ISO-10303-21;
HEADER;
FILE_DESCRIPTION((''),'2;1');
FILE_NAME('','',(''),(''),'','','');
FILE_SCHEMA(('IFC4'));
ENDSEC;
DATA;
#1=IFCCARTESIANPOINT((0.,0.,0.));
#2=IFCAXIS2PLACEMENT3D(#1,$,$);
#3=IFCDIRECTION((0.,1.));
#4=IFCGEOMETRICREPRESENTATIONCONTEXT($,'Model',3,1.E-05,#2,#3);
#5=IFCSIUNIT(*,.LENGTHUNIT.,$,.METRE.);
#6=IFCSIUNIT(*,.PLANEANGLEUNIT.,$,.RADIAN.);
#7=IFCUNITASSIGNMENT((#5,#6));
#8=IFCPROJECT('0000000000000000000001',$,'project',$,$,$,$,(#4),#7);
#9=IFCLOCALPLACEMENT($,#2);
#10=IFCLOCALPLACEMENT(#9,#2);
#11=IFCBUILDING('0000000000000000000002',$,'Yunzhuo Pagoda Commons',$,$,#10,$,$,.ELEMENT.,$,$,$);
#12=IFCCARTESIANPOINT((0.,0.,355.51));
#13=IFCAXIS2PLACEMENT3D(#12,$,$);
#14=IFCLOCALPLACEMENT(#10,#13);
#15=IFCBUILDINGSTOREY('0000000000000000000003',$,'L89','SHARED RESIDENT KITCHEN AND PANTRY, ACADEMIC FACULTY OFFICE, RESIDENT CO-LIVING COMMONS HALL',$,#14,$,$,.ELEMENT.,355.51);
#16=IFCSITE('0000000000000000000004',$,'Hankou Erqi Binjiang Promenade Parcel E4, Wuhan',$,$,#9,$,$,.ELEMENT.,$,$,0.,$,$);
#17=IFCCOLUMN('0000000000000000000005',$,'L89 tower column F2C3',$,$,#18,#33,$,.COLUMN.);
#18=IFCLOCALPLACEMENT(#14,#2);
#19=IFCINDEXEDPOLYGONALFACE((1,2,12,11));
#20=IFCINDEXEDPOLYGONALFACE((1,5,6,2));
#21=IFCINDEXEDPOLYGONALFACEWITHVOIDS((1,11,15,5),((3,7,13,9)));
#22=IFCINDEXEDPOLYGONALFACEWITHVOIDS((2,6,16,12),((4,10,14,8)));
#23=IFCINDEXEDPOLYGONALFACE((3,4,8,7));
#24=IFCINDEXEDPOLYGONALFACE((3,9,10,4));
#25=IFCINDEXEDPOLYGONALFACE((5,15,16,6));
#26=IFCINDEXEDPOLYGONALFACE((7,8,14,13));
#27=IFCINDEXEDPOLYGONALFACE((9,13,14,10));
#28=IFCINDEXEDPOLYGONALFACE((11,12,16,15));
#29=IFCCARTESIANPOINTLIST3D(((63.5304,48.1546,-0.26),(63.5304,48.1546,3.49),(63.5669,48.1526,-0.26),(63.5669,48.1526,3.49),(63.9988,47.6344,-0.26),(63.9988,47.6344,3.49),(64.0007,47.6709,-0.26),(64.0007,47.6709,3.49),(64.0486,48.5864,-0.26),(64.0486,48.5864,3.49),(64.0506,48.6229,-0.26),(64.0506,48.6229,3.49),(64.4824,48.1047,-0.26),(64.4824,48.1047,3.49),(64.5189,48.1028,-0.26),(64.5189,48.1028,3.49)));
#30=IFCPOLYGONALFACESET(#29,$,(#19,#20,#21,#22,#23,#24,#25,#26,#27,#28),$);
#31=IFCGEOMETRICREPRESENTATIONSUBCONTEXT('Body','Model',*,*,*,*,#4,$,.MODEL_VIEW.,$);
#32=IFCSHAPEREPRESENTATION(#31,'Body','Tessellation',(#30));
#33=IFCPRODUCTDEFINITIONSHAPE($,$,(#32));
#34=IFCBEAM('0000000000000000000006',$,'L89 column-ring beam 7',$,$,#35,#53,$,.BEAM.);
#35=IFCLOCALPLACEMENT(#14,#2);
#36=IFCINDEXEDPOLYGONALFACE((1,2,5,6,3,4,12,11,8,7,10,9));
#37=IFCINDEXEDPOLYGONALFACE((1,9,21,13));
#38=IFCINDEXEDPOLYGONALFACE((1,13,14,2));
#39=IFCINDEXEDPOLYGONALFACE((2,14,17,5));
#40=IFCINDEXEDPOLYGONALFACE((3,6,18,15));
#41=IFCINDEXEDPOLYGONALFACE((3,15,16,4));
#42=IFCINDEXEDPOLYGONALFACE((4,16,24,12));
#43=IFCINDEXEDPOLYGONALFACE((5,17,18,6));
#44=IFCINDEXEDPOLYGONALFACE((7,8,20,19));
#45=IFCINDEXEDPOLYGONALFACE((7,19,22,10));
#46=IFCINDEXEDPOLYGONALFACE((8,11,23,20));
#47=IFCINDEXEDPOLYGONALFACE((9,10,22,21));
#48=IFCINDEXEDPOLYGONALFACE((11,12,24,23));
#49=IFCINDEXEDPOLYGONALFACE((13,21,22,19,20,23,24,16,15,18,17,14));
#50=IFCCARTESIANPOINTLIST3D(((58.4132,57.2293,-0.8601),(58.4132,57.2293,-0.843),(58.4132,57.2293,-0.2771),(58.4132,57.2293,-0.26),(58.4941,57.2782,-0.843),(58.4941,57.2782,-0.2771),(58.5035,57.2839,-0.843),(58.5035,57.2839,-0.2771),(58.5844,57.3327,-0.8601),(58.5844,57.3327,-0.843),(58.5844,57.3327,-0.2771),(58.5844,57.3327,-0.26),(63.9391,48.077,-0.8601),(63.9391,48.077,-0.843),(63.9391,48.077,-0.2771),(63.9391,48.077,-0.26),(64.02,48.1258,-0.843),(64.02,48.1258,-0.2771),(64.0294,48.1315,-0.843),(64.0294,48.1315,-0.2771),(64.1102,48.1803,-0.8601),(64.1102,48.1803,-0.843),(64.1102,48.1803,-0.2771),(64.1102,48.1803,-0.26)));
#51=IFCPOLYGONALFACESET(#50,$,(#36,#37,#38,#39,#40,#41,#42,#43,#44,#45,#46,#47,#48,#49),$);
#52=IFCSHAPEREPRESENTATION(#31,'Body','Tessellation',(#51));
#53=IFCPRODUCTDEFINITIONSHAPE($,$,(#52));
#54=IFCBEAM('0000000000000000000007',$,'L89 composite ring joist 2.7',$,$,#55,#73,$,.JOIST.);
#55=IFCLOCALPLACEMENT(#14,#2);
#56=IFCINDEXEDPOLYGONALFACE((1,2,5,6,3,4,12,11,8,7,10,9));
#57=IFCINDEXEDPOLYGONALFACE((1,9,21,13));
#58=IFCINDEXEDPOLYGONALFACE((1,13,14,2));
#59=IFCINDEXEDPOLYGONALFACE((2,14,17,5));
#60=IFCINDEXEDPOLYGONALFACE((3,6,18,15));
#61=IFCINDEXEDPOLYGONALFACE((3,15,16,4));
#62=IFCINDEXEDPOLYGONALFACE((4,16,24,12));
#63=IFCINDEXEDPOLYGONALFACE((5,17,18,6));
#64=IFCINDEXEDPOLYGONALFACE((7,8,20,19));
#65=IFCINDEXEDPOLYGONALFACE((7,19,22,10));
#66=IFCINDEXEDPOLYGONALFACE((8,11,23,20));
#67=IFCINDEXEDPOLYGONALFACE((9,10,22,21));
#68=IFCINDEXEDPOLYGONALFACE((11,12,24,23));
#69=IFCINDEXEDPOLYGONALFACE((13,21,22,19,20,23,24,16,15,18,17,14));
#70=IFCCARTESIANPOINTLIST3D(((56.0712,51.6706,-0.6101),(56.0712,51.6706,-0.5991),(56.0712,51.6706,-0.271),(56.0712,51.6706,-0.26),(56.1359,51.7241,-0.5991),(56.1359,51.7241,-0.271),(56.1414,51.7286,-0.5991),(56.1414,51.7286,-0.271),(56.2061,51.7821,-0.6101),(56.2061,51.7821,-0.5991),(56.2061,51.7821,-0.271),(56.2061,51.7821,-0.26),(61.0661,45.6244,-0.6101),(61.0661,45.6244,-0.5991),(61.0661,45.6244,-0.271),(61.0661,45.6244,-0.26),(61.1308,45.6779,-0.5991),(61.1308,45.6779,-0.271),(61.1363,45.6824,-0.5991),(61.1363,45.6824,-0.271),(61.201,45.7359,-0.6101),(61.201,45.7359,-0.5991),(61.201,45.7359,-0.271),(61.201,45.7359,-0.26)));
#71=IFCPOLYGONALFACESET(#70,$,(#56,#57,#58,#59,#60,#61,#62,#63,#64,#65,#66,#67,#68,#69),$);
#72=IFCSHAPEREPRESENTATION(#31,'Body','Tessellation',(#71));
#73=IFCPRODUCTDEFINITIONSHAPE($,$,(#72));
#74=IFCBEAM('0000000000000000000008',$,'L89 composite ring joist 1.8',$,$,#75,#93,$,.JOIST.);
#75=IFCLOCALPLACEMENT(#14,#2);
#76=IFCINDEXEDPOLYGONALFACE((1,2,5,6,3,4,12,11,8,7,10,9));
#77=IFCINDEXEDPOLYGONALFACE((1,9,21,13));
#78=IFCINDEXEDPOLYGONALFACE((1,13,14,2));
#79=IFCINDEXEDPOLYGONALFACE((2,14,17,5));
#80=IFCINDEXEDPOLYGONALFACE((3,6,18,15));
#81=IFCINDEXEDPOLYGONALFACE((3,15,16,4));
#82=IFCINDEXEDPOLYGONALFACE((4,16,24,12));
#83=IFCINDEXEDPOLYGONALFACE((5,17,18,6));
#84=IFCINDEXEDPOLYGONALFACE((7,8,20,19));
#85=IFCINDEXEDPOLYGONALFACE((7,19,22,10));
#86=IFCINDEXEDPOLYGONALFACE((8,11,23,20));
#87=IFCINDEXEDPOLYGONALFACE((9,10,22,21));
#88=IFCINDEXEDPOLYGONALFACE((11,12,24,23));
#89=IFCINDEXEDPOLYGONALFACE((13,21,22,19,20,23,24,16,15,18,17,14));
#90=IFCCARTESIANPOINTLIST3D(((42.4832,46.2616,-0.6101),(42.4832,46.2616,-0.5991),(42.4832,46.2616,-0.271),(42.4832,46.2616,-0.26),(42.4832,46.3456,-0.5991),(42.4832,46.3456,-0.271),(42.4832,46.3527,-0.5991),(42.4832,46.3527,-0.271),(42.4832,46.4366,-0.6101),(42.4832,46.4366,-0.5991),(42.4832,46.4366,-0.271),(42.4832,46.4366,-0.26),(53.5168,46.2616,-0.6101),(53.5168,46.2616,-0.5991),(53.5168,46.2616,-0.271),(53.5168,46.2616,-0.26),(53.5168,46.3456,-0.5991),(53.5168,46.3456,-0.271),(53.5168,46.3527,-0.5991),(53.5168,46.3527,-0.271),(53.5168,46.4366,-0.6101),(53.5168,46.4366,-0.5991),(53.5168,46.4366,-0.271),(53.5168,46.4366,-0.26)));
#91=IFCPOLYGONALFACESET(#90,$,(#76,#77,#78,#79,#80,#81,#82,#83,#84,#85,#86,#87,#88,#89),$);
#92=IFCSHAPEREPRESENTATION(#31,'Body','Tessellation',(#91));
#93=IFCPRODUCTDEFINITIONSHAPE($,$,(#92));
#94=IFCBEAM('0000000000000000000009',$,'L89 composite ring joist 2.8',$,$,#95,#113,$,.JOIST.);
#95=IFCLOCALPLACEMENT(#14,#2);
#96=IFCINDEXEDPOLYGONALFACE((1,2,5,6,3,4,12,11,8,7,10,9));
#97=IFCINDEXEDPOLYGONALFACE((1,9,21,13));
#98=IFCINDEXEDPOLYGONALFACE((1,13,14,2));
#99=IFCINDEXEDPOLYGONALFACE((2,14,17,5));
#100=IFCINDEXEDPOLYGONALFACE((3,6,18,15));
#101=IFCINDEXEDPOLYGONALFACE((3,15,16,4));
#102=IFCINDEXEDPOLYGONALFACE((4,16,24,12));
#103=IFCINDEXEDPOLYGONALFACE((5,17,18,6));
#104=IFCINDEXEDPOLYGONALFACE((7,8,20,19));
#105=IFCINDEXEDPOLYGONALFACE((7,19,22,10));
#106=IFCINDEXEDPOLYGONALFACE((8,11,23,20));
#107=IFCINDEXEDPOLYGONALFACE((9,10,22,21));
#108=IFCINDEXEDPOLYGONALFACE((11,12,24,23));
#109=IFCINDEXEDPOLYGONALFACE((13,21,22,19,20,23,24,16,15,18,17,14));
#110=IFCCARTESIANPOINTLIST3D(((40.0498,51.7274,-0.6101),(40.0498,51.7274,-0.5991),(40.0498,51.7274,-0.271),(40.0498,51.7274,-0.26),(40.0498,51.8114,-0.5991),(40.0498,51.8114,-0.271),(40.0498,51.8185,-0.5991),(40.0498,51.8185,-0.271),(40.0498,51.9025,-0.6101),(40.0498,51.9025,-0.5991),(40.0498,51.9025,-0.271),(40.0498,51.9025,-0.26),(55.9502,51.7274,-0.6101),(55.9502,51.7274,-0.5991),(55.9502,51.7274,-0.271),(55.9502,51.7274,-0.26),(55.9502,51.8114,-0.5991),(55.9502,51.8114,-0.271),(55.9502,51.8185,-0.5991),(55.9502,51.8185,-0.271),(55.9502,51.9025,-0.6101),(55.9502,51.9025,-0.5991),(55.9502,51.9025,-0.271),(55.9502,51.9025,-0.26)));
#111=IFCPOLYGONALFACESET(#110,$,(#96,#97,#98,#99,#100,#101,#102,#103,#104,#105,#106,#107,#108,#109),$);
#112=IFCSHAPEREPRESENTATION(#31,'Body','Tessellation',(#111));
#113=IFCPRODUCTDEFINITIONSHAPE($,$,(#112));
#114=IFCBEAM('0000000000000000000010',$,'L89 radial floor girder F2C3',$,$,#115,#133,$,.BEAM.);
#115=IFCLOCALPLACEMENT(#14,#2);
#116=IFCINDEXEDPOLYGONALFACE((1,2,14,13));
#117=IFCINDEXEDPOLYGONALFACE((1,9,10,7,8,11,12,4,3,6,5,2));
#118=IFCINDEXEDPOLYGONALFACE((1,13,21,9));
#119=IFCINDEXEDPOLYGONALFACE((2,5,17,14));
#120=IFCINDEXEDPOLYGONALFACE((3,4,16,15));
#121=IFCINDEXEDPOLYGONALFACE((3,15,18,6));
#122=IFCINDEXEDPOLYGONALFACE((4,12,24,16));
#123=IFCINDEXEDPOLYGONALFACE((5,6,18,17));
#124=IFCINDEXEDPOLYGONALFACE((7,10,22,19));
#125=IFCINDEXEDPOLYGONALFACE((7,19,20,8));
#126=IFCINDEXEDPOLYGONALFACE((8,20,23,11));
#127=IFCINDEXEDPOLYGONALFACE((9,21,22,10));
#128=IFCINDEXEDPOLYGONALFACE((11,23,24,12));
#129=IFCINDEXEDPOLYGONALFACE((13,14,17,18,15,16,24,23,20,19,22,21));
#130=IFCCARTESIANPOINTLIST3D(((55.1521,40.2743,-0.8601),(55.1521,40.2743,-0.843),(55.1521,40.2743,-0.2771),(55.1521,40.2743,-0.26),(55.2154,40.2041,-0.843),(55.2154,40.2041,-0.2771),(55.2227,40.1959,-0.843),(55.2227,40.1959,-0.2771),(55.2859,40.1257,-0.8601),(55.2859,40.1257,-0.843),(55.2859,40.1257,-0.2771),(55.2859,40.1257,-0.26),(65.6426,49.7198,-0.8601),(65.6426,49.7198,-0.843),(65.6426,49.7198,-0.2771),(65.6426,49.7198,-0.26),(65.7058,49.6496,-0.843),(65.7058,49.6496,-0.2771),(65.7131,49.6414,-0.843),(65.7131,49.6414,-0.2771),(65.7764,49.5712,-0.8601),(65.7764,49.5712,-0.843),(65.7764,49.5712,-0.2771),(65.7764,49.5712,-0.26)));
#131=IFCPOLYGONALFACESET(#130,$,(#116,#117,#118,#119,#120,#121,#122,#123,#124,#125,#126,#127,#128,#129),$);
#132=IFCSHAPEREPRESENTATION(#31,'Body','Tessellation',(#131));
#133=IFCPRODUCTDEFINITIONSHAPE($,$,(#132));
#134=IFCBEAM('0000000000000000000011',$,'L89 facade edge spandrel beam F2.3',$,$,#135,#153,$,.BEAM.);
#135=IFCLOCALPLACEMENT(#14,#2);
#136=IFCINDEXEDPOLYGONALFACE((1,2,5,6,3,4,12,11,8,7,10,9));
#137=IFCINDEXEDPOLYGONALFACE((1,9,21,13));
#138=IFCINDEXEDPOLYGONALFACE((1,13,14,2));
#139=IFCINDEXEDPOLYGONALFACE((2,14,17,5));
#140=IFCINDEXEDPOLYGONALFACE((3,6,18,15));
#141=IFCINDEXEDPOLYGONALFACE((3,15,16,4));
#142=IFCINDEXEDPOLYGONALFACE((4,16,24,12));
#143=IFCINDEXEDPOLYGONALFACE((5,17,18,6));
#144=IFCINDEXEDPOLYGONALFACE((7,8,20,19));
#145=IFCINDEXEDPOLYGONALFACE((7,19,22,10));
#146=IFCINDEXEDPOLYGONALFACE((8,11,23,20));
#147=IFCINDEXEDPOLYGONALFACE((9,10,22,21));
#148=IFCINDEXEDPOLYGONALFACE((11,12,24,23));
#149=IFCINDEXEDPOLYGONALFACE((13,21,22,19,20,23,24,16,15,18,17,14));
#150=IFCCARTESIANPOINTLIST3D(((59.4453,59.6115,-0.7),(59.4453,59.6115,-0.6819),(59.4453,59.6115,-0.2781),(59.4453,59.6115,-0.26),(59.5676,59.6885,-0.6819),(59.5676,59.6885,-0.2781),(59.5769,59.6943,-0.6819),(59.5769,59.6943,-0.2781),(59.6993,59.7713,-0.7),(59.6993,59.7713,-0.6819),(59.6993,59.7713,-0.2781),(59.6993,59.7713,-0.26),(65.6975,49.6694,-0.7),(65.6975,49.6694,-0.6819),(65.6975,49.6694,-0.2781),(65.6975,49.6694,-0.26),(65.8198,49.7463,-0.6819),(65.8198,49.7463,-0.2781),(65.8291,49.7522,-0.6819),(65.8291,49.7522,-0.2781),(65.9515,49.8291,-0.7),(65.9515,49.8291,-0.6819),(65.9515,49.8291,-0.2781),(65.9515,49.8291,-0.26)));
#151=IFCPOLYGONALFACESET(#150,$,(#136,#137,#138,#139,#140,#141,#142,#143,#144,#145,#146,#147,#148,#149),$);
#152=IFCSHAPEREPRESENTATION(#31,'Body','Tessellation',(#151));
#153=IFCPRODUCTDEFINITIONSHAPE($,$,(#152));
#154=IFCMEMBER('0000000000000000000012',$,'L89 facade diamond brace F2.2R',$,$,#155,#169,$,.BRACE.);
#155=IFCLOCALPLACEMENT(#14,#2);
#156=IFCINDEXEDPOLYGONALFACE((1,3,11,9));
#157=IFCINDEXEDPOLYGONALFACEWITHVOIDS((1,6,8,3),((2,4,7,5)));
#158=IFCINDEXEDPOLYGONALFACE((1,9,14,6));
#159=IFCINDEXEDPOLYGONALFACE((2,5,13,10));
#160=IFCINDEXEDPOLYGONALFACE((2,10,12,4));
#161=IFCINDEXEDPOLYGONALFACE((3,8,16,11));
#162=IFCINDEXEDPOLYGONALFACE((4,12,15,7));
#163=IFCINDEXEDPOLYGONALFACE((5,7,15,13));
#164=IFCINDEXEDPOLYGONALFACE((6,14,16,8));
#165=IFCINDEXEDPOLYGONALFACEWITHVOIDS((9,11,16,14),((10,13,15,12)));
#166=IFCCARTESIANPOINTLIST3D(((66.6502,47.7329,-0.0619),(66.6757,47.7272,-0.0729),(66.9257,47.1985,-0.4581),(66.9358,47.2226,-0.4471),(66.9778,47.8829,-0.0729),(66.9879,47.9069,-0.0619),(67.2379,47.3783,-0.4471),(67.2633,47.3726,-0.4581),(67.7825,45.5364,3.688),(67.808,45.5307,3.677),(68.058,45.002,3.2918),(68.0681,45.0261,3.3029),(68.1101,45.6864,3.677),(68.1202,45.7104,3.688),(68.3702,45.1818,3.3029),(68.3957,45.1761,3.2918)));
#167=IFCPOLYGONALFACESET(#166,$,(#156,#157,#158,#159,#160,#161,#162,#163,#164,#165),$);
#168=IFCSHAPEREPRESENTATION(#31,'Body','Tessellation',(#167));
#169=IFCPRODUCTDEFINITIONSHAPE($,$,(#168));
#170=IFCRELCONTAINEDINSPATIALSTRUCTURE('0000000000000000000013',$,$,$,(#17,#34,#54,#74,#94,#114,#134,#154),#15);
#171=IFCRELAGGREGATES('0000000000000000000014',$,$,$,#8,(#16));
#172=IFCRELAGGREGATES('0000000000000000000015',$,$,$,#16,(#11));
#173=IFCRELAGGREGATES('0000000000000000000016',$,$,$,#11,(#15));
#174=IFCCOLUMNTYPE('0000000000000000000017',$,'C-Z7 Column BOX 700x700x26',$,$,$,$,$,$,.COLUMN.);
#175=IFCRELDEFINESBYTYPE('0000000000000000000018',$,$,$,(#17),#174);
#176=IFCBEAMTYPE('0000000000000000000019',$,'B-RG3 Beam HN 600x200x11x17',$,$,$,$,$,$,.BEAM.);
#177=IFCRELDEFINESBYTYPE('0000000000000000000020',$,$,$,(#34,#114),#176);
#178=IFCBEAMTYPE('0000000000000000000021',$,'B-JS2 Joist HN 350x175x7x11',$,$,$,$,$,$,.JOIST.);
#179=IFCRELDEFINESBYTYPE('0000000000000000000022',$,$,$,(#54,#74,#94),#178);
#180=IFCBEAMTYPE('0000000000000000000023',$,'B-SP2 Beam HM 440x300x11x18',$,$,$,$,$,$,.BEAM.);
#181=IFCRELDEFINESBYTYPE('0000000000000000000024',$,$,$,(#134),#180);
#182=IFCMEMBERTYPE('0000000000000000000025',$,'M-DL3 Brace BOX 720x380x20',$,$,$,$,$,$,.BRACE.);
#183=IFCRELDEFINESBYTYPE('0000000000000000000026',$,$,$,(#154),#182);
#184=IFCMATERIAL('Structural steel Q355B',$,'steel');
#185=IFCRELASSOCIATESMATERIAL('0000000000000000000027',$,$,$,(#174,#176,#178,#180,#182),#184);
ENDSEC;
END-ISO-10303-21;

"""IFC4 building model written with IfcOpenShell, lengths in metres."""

from ifc_helpers import new_model, si_unit, direction, frame, origin, origin_2d, place, context, subcontext, project, spatial, hollow_rectangle, i_section, extrude, source, transform, mapped, material, material_profile, profile_set, type_object, element, save


model = new_model("IFC4")

# Units and contexts
model_context = context("Model", 3, precision=1e-05, world=origin(), true_north=direction((0.0, 1.0)))
body_context = subcontext(model_context, "Body", "Model", "MODEL_VIEW")
ifc_project = project(units=[si_unit("LENGTHUNIT", "METRE"), si_unit("PLANEANGLEUNIT", "RADIAN")], contexts=[model_context])

# Site, building, storey
site_placement = place(None, origin())
site = spatial("IfcSite", under=ifc_project, at=site_placement, Name="Hankou Erqi Binjiang Promenade Parcel E4, Wuhan", CompositionType="ELEMENT", RefElevation=0.0)
building_placement = place(site_placement, origin())
building = spatial("IfcBuilding", under=site, at=building_placement, Name="Yunzhuo Pagoda Commons", CompositionType="ELEMENT")
storey_placement = place(building_placement, frame((0.0, 0.0, 355.51)))
storey = spatial("IfcBuildingStorey", under=building, at=storey_placement, Name="L89", Description="SHARED RESIDENT KITCHEN AND PANTRY, ACADEMIC FACULTY OFFICE, RESIDENT CO-LIVING COMMONS HALL", CompositionType="ELEMENT", Elevation=355.51)

# Column
ifc_material_1 = material(Name="Structural steel Q355B", Category="steel")
ifc_material_profile_1 = material_profile(ifc_material_1, hollow_rectangle(XDim=0.7, YDim=0.7, WallThickness=0.0259, at=origin_2d()), Name="Structural steel Q355B")
ifc_profile_set_1 = profile_set([ifc_material_profile_1], Name="Structural steel Q355B")
column_type = type_object("IfcColumnType", Name="C-Z7 Column BOX 700x700x26", PredefinedType="COLUMN", material=ifc_profile_set_1)
shared_shape_1 = source(origin(), body_context, "Body", "SweptSolid", [
    extrude(hollow_rectangle(XDim=0.7, YDim=0.7, WallThickness=0.0259, at=origin_2d()), origin(), (0.0, 0.0, 1.0), 3.75),
])
column_placement = place(storey_placement, frame((64.0247, 48.1287, -0.26), z_axis=(0.0, 0.0, 1.0), x_axis=(-0.669131, 0.743145, 0.0)))
element("IfcColumn", 1, at=column_placement, inside=storey, type_object=column_type, Name="L89 tower column F2C3", PredefinedType="COLUMN", context=body_context, shape_type="MappedRepresentation", body=[
    mapped(shared_shape_1, transform((0.0, 0.0, 0.0), scale=1.0)),
])

# Beams
ifc_material_profile_2 = material_profile(ifc_material_1, i_section(OverallWidth=0.2, OverallDepth=0.6001, WebThickness=0.011, FlangeThickness=0.0171, at=origin_2d()), Name="Structural steel Q355B")
ifc_profile_set_2 = profile_set([ifc_material_profile_2], Name="Structural steel Q355B")
beam_type_1 = type_object("IfcBeamType", Name="B-RG3 Beam HN 600x200x11x17", PredefinedType="BEAM", material=ifc_profile_set_2)
shared_shape_2 = source(origin(), body_context, "Body", "SweptSolid", [
    extrude(i_section(OverallWidth=0.2, OverallDepth=0.6001, WebThickness=0.011, FlangeThickness=0.0171, at=origin_2d()), origin(), (0.0, 0.0, 1.0), 10.6912),
])
beam_1_placement = place(storey_placement, frame((64.0247, 48.1287, -0.5601), z_axis=(-0.516865, 0.856067, 0.0), x_axis=(-0.856067, -0.516865, 0.0)))
element("IfcBeam", 2, at=beam_1_placement, inside=storey, type_object=beam_type_1, Name="L89 column-ring beam 7", PredefinedType="BEAM", context=body_context, shape_type="MappedRepresentation", body=[
    mapped(shared_shape_2, transform((0.0, 0.0, 0.0), scale=1.0)),
])
ifc_material_profile_3 = material_profile(ifc_material_1, i_section(OverallWidth=0.175, OverallDepth=0.3501, WebThickness=0.0071, FlangeThickness=0.011, at=origin_2d()), Name="Structural steel Q355B")
ifc_profile_set_3 = profile_set([ifc_material_profile_3], Name="Structural steel Q355B")
beam_type_2 = type_object("IfcBeamType", Name="B-JS2 Joist HN 350x175x7x11", PredefinedType="JOIST", material=ifc_profile_set_3)
shared_shape_3 = source(origin(), body_context, "Body", "SweptSolid", [
    extrude(i_section(OverallWidth=0.175, OverallDepth=0.3501, WebThickness=0.0071, FlangeThickness=0.011, at=origin_2d()), origin(), (0.0, 0.0, 1.0), 7.8425),
])
beam_2_placement = place(storey_placement, frame((61.1335, 45.6802, -0.4351), z_axis=(-0.636899, 0.770947, 0.0), x_axis=(-0.770947, -0.636899, 0.0)))
element("IfcBeam", 3, at=beam_2_placement, inside=storey, type_object=beam_type_2, Name="L89 composite ring joist 2.7", PredefinedType="JOIST", context=body_context, shape_type="MappedRepresentation", body=[
    mapped(shared_shape_3, transform((0.0, 0.0, 0.0), scale=1.0)),
])
shared_shape_4 = source(origin(), body_context, "Body", "SweptSolid", [
    extrude(i_section(OverallWidth=0.175, OverallDepth=0.3501, WebThickness=0.0071, FlangeThickness=0.011, at=origin_2d()), origin(), (0.0, 0.0, 1.0), 11.0337),
])
beam_3_placement = place(storey_placement, frame((53.5168, 46.3491, -0.4351), z_axis=(-1.0, 0.0, 0.0), x_axis=(0.0, -1.0, 0.0)))
element("IfcBeam", 4, at=beam_3_placement, inside=storey, type_object=beam_type_2, Name="L89 composite ring joist 1.8", PredefinedType="JOIST", context=body_context, shape_type="MappedRepresentation", body=[
    mapped(shared_shape_4, transform((0.0, 0.0, 0.0), scale=1.0)),
])
shared_shape_5 = source(origin(), body_context, "Body", "SweptSolid", [
    extrude(i_section(OverallWidth=0.175, OverallDepth=0.3501, WebThickness=0.0071, FlangeThickness=0.011, at=origin_2d()), origin(), (0.0, 0.0, 1.0), 15.9004),
])
beam_4_placement = place(storey_placement, frame((55.9502, 51.8149, -0.4351), z_axis=(-1.0, 0.0, 0.0), x_axis=(0.0, -1.0, 0.0)))
element("IfcBeam", 5, at=beam_4_placement, inside=storey, type_object=beam_type_2, Name="L89 composite ring joist 2.8", PredefinedType="JOIST", context=body_context, shape_type="MappedRepresentation", body=[
    mapped(shared_shape_5, transform((0.0, 0.0, 0.0), scale=1.0)),
])
shared_shape_6 = source(origin(), body_context, "Body", "SweptSolid", [
    extrude(i_section(OverallWidth=0.2, OverallDepth=0.6001, WebThickness=0.011, FlangeThickness=0.0171, at=origin_2d()), origin(), (0.0, 0.0, 1.0), 14.1162),
])
beam_5_placement = place(storey_placement, frame((65.7095, 49.6455, -0.5601), z_axis=(-0.743149, -0.669126, 0.0), x_axis=(0.669126, -0.743149, 0.0)))
element("IfcBeam", 6, at=beam_5_placement, inside=storey, type_object=beam_type_1, Name="L89 radial floor girder F2C3", PredefinedType="BEAM", context=body_context, shape_type="MappedRepresentation", body=[
    mapped(shared_shape_6, transform((0.0, 0.0, 0.0), scale=1.0)),
])
ifc_material_profile_4 = material_profile(ifc_material_1, i_section(OverallWidth=0.3, OverallDepth=0.4399, WebThickness=0.011, FlangeThickness=0.0181, at=origin_2d()), Name="Structural steel Q355B")
ifc_profile_set_4 = profile_set([ifc_material_profile_4], Name="Structural steel Q355B")
beam_type_3 = type_object("IfcBeamType", Name="B-SP2 Beam HM 440x300x11x18", PredefinedType="BEAM", material=ifc_profile_set_4)
shared_shape_7 = source(origin(), body_context, "Body", "SweptSolid", [
    extrude(i_section(OverallWidth=0.3, OverallDepth=0.4399, WebThickness=0.011, FlangeThickness=0.0181, at=origin_2d()), origin(), (0.0, 0.0, 1.0), 11.7446),
])
beam_6_placement = place(storey_placement, frame((65.8245, 49.7493, -0.48), z_axis=(-0.532346, 0.846527, 0.0), x_axis=(-0.846527, -0.532346, 0.0)))
element("IfcBeam", 7, at=beam_6_placement, inside=storey, type_object=beam_type_3, Name="L89 facade edge spandrel beam F2.3", PredefinedType="BEAM", context=body_context, shape_type="MappedRepresentation", body=[
    mapped(shared_shape_7, transform((0.0, 0.0, 0.0), scale=1.0)),
])

# Member
ifc_material_profile_5 = material_profile(ifc_material_1, hollow_rectangle(XDim=0.3799, YDim=0.72, WallThickness=0.02, at=origin_2d()), Name="Structural steel Q355B")
ifc_profile_set_5 = profile_set([ifc_material_profile_5], Name="Structural steel Q355B")
member_type_1 = type_object("IfcMemberType", Name="M-DL3 Brace BOX 720x380x20", PredefinedType="BRACE", material=ifc_profile_set_5)
shared_shape_8 = source(origin(), body_context, "Body", "SweptSolid", [
    extrude(hollow_rectangle(XDim=0.3799, YDim=0.72, WallThickness=0.02, at=origin_2d()), origin(), (0.0, 0.0, 1.0), 4.491),
])
member_1_placement = place(storey_placement, frame((66.9568, 47.5527, -0.26), z_axis=(0.25213, -0.489093, 0.834996), x_axis=(0.888847, 0.458205, 0.0)))
element("IfcMember", 8, at=member_1_placement, inside=storey, type_object=member_type_1, Name="L89 facade diamond brace F2.2R", PredefinedType="BRACE", context=body_context, shape_type="MappedRepresentation", body=[
    mapped(shared_shape_8, transform((0.0, 0.0, 0.0), scale=1.0)),
])

save(model, "model.ifc")
